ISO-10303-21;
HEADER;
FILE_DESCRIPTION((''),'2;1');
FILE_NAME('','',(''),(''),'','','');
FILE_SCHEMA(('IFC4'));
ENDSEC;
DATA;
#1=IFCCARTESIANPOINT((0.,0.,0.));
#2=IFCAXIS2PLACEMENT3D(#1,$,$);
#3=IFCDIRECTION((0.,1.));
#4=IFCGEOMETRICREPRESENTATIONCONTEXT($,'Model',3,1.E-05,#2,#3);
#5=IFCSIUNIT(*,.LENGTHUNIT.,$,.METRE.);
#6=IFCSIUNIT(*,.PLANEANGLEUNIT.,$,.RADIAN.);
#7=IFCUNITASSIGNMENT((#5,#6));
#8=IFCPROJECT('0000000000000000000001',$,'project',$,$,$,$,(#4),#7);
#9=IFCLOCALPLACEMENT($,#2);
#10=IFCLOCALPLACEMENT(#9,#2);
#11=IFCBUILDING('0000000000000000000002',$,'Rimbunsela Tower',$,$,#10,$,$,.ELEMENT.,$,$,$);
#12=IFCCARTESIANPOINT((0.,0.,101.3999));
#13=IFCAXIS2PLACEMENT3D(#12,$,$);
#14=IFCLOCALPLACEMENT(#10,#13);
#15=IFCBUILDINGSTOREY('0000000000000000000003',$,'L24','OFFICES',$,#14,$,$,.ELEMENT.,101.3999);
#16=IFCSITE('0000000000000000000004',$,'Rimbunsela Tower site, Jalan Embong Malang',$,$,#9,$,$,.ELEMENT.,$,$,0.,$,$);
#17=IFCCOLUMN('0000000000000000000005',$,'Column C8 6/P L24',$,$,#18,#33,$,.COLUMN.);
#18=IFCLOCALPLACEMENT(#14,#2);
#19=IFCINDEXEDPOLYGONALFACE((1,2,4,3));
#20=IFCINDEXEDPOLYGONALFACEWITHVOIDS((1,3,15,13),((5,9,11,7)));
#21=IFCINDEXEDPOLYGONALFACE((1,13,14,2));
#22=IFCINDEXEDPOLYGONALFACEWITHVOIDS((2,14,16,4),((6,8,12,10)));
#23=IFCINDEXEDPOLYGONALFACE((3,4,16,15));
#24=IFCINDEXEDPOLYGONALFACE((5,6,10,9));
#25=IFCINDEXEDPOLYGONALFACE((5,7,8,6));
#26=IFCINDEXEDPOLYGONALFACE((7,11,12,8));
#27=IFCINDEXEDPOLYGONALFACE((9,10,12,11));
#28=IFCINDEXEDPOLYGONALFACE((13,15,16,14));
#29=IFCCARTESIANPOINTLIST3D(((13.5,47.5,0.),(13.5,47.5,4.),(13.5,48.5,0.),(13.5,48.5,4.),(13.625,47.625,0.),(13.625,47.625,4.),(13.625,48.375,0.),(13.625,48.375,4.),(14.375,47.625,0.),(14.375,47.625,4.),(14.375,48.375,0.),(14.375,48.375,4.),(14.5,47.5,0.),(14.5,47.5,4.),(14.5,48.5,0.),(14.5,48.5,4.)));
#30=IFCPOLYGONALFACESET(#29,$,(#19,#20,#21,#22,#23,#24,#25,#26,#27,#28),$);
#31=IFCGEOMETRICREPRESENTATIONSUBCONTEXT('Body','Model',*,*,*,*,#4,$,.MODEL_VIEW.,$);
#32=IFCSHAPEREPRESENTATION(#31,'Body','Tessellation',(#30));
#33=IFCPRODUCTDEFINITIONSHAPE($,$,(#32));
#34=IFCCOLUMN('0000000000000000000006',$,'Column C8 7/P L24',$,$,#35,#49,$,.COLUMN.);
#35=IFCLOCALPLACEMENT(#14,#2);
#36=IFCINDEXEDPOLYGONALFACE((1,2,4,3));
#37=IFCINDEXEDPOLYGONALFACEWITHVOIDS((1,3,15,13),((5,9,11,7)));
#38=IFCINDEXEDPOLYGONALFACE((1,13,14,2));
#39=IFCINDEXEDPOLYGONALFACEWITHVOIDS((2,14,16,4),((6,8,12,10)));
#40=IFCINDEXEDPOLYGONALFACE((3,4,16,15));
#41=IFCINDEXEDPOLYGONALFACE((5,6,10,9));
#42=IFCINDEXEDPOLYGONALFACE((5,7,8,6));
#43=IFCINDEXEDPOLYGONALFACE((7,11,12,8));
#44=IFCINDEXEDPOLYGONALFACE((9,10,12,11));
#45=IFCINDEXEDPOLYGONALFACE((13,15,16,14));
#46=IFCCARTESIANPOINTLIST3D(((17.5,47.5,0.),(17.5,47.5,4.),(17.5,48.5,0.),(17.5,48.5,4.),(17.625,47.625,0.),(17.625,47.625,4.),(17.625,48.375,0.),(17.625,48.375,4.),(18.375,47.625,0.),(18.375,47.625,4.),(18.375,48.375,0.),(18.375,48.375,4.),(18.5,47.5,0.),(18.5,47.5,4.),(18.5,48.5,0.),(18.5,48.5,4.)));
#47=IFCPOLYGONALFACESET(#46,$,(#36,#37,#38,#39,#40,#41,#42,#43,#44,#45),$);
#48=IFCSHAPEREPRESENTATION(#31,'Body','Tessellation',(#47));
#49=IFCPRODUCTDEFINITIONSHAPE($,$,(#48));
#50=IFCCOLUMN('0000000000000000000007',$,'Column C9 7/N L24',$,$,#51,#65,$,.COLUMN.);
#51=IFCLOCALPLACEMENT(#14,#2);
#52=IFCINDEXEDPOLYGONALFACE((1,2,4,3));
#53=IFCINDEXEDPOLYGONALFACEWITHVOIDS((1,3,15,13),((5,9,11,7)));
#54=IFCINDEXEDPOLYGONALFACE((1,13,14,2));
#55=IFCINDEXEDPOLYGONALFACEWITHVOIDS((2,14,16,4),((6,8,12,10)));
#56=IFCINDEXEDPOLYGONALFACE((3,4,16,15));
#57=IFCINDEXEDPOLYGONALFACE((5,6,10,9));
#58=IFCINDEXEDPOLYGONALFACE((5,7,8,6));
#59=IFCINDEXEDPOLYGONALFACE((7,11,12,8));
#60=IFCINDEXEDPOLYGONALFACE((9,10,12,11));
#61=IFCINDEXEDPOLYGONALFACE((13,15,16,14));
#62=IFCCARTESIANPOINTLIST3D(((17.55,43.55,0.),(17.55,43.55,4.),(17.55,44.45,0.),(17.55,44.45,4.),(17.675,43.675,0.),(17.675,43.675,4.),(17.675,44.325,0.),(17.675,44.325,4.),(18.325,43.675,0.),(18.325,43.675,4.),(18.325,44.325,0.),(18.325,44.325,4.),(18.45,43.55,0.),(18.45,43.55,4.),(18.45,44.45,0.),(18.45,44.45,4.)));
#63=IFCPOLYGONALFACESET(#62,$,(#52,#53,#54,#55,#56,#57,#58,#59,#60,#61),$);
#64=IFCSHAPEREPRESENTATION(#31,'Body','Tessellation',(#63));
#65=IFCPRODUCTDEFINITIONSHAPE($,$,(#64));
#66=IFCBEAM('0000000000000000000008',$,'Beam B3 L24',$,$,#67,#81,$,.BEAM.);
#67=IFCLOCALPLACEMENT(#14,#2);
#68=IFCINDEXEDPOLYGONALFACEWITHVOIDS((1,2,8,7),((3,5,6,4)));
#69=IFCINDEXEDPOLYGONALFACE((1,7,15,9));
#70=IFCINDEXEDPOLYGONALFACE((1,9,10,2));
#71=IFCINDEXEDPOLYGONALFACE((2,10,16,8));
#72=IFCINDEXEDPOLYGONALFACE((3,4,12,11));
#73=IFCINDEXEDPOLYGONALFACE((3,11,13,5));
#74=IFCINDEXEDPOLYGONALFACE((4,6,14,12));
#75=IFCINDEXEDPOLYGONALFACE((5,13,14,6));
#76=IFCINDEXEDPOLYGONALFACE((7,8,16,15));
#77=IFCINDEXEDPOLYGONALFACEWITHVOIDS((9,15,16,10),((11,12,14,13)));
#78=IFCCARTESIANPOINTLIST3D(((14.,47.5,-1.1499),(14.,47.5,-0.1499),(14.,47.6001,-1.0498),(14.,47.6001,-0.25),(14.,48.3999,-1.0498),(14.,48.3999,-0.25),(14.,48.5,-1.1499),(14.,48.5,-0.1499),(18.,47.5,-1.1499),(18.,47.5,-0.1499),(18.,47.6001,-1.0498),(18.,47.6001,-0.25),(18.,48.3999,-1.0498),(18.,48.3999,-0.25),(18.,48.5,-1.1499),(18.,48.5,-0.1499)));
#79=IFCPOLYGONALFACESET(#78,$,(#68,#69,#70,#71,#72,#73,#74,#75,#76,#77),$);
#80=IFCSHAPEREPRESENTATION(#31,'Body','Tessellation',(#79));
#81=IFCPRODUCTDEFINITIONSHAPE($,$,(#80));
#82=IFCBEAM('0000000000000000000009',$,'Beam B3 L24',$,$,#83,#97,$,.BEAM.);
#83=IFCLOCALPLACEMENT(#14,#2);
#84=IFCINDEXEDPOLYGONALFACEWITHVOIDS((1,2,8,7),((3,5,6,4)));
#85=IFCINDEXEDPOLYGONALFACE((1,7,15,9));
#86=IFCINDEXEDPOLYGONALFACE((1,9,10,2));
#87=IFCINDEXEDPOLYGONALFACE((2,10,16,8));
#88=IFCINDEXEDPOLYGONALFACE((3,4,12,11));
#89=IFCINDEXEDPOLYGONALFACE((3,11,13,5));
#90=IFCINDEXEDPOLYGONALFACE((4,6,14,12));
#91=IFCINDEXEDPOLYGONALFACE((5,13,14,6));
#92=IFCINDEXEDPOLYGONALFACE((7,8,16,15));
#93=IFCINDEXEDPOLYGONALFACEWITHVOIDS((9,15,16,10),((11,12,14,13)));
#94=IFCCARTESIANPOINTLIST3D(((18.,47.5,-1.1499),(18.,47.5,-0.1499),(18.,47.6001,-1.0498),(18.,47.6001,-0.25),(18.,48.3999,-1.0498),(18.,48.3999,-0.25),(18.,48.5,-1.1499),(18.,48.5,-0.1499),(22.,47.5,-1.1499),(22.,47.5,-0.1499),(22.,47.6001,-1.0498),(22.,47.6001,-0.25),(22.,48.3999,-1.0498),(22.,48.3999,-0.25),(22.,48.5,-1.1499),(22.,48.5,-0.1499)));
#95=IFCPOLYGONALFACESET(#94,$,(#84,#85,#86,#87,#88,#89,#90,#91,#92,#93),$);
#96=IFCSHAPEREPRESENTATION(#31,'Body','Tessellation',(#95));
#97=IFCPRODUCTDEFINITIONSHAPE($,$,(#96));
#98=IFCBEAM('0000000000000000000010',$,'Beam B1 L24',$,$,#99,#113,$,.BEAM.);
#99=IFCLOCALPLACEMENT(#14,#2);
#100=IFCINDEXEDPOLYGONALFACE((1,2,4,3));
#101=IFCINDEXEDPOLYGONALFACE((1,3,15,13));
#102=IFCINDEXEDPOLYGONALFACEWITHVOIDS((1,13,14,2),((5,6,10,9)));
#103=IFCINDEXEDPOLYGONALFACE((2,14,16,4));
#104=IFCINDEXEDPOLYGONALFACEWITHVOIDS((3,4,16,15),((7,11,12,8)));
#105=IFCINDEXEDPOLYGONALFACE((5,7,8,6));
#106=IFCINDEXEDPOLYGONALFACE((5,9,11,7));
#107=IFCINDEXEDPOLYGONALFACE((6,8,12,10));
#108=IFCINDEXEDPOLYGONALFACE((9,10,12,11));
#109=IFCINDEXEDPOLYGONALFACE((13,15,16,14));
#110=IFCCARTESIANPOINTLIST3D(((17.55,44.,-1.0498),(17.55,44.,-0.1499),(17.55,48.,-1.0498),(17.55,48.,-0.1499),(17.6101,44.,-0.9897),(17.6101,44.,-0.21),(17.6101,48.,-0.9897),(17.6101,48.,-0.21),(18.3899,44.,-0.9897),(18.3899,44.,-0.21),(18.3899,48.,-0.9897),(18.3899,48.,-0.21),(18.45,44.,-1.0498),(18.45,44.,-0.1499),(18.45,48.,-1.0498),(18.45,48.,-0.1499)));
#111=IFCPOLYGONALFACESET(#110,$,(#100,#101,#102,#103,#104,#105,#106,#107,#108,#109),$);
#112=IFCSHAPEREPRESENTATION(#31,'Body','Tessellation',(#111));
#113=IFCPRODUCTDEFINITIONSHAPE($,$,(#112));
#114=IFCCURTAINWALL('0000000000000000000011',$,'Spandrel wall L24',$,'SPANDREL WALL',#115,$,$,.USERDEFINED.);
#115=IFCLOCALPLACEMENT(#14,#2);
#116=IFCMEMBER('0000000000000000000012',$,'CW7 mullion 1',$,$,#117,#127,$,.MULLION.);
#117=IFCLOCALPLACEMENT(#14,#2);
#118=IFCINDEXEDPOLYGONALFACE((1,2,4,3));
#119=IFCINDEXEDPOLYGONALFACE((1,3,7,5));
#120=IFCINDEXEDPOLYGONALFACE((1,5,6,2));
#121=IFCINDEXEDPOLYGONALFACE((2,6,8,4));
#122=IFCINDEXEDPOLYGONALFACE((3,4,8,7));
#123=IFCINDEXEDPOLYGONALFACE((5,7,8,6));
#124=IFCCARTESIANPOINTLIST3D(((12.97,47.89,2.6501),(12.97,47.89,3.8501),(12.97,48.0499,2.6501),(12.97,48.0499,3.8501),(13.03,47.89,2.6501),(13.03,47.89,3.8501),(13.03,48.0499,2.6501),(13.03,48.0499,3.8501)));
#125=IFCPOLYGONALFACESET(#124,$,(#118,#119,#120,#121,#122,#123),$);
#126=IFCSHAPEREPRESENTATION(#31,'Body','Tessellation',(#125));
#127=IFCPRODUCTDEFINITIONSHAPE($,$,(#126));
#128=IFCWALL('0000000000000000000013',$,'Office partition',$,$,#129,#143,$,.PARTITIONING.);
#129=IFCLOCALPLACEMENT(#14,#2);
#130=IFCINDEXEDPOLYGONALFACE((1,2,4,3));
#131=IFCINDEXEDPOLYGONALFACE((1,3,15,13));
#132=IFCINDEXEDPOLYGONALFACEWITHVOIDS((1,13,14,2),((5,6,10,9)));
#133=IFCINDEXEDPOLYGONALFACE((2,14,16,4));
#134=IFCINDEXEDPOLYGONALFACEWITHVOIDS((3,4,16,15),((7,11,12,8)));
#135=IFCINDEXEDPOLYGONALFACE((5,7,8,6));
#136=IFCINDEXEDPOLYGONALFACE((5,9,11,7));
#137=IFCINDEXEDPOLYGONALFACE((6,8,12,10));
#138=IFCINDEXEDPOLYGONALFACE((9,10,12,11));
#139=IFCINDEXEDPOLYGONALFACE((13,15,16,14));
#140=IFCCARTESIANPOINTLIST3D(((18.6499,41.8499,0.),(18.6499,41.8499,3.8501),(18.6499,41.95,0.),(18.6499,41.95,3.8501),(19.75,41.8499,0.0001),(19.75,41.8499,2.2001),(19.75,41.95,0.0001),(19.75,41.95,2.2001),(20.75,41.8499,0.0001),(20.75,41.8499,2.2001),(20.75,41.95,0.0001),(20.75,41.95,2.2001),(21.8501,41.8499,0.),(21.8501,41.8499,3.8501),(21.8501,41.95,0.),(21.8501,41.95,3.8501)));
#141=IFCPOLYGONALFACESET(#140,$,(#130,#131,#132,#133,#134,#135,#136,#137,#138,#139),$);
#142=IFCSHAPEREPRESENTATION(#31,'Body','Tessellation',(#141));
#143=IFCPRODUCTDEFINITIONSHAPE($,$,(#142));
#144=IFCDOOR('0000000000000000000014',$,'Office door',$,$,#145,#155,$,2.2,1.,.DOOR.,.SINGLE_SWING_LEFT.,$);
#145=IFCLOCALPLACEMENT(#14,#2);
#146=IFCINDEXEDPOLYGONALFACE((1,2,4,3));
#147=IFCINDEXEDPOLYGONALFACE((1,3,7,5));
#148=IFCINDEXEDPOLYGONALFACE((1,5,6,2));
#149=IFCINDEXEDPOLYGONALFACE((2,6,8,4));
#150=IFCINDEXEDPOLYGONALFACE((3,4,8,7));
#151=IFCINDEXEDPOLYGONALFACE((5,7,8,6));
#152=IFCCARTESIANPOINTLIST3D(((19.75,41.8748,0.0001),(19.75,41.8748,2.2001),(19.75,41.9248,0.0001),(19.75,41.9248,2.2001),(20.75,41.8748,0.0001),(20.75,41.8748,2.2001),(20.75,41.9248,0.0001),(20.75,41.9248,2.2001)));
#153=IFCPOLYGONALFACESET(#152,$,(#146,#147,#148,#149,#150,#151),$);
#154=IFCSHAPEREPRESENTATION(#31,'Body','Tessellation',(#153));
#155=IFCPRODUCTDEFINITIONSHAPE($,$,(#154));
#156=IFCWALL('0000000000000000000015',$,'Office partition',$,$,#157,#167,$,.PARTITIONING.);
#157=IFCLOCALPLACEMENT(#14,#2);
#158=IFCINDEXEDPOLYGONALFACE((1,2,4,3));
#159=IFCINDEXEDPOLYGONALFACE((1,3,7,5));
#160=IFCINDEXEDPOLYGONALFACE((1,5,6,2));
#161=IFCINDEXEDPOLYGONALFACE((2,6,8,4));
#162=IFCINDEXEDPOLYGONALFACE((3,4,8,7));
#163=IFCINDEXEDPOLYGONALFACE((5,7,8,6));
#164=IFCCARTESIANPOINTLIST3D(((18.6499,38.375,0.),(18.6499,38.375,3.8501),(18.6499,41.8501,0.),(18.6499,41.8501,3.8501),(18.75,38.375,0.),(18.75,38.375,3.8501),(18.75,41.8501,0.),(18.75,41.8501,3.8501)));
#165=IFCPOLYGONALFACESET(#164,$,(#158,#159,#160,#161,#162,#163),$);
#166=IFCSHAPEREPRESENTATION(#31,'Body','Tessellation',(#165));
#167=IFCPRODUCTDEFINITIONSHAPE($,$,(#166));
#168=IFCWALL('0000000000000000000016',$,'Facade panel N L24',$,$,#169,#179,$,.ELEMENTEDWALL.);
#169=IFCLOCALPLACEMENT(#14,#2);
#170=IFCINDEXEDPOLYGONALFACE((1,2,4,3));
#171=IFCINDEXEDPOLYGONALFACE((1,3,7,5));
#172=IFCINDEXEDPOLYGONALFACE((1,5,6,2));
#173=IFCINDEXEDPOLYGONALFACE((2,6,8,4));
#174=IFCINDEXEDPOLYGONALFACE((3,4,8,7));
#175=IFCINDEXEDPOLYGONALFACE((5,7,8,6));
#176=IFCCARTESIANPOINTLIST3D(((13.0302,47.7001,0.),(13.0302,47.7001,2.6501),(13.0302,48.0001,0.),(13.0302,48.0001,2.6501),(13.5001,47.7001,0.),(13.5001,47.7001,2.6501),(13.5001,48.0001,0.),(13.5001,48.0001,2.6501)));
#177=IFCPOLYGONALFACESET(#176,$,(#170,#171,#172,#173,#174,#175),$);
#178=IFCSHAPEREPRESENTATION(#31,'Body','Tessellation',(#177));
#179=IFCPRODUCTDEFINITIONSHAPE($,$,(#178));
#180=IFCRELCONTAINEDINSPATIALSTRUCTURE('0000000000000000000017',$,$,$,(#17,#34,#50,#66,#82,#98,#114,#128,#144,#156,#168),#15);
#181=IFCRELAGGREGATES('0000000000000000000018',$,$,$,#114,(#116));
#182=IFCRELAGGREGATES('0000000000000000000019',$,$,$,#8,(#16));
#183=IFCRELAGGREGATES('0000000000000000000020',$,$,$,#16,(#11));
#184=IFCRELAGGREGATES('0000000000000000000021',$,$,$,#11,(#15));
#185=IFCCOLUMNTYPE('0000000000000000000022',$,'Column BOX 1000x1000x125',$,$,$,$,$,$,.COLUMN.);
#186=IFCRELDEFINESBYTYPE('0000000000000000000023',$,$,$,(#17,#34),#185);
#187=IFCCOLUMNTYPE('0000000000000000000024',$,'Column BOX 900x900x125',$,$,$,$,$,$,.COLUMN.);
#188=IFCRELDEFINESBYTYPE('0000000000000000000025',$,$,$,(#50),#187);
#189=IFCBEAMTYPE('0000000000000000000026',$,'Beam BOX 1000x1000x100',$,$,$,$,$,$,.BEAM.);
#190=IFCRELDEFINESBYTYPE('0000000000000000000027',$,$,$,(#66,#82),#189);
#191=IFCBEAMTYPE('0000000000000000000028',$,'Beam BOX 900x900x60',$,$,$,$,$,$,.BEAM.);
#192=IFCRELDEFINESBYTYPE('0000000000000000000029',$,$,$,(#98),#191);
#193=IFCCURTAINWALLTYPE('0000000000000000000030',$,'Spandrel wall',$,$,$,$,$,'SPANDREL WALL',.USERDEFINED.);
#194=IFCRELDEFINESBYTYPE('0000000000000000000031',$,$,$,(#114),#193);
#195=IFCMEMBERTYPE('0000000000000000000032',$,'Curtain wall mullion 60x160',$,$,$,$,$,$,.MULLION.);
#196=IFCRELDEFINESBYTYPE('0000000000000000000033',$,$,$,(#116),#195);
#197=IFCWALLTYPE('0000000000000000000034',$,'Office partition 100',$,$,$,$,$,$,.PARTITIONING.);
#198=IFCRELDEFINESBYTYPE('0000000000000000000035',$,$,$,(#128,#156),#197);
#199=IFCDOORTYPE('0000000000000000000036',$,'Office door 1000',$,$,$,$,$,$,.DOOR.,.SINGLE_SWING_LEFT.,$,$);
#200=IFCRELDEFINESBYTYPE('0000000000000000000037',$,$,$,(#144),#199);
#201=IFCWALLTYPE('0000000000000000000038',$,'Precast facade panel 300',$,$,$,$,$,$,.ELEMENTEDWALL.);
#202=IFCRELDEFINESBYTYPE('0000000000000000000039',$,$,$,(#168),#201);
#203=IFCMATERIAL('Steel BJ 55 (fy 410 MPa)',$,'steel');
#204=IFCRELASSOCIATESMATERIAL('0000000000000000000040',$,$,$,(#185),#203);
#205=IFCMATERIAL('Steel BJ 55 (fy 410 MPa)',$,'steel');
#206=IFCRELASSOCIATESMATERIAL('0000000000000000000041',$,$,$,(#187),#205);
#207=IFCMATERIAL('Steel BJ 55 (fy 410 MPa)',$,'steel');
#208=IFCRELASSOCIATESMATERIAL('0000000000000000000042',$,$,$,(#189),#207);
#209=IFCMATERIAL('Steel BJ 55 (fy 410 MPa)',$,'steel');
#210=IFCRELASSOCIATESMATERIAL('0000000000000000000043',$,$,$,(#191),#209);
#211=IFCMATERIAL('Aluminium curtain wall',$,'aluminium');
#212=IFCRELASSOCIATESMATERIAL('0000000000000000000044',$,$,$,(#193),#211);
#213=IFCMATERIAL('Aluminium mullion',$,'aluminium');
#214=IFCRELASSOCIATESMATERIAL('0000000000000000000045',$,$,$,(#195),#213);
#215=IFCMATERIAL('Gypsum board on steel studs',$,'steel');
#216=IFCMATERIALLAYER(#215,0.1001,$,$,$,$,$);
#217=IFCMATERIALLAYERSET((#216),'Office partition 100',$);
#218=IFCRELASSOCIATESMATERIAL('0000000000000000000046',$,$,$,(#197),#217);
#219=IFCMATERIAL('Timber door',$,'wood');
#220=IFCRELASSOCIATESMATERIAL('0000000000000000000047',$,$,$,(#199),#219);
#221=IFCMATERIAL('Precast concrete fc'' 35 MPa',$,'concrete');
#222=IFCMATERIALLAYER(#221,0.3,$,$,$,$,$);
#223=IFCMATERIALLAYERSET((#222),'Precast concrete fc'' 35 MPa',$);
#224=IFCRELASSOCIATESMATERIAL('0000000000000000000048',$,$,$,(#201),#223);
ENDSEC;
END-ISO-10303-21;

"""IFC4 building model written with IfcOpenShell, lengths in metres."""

from ifc_helpers import new_model, si_unit, direction, frame, frame_2d, origin, origin_2d, place, context, subcontext, project, spatial, rectangle, hollow_rectangle, extrude, material, layer, layer_set, material_profile, profile_set, type_object, element, fill, aggregate, save


model = new_model("IFC4")

# Units and contexts
model_context = context("Model", 3, precision=1e-05, world=origin(), true_north=direction((0.0, 1.0)))
body_context = subcontext(model_context, "Body", "Model", "MODEL_VIEW")
ifc_project = project(units=[si_unit("LENGTHUNIT", "METRE"), si_unit("PLANEANGLEUNIT", "RADIAN")], contexts=[model_context])

# Site, building, storey
site_placement = place(None, origin())
site = spatial("IfcSite", under=ifc_project, at=site_placement, Name="Rimbunsela Tower site, Jalan Embong Malang", CompositionType="ELEMENT", RefElevation=0.0)
building_placement = place(site_placement, origin())
building = spatial("IfcBuilding", under=site, at=building_placement, Name="Rimbunsela Tower", CompositionType="ELEMENT")
storey_placement = place(building_placement, frame((0.0, 0.0, 101.3999)))
storey = spatial("IfcBuildingStorey", under=building, at=storey_placement, Name="L24", Description="OFFICES", CompositionType="ELEMENT", Elevation=101.3999)

# Columns
ifc_material_1 = material(Name="Steel BJ 55 (fy 410 MPa)", Category="steel")
ifc_material_profile_1 = material_profile(ifc_material_1, hollow_rectangle(XDim=1.0, YDim=1.0, WallThickness=0.125, at=origin_2d()), Name="BOX 1000x1000x125")
ifc_profile_set_1 = profile_set([ifc_material_profile_1], Name="Steel BJ 55 (fy 410 MPa)")
column_type_1 = type_object("IfcColumnType", Name="Column BOX 1000x1000x125", PredefinedType="COLUMN", material=ifc_profile_set_1)
for number, where, z_axis, x_axis, name in (
    (1, (14.0, 48.0, 0.0), (0.0, 0.0, 1.0), (1.0, 0.0, 0.0), "Column C8 6/P L24"),
    (2, (18.0, 48.0, 0.0), (0.0, 0.0, 1.0), (1.0, 0.0, 0.0), "Column C8 7/P L24"),
):
    element("IfcColumn", number, at=place(storey_placement, frame(where, z_axis=z_axis, x_axis=x_axis)), inside=storey, type_object=column_type_1, Name=name, PredefinedType="COLUMN", context=body_context, shape_type="SweptSolid", body=[
        extrude(hollow_rectangle(XDim=1.0, YDim=1.0, WallThickness=0.125, at=origin_2d()), origin(), (0.0, 0.0, 1.0), 4.0),
    ])
ifc_material_2 = material(Name="Steel BJ 55 (fy 410 MPa)", Category="steel")
ifc_material_profile_2 = material_profile(ifc_material_2, hollow_rectangle(XDim=0.8999, YDim=0.8999, WallThickness=0.125, at=origin_2d()), Name="BOX 900x900x125")
ifc_profile_set_2 = profile_set([ifc_material_profile_2], Name="Steel BJ 55 (fy 410 MPa)")
column_type_2 = type_object("IfcColumnType", Name="Column BOX 900x900x125", PredefinedType="COLUMN", material=ifc_profile_set_2)
column_placement = place(storey_placement, frame((18.0, 44.0, 0.0), z_axis=(0.0, 0.0, 1.0), x_axis=(1.0, 0.0, 0.0)))
element("IfcColumn", 3, at=column_placement, inside=storey, type_object=column_type_2, Name="Column C9 7/N L24", PredefinedType="COLUMN", context=body_context, shape_type="SweptSolid", body=[
    extrude(hollow_rectangle(XDim=0.8999, YDim=0.8999, WallThickness=0.125, at=origin_2d()), origin(), (0.0, 0.0, 1.0), 4.0),
])

# Beams
ifc_material_3 = material(Name="Steel BJ 55 (fy 410 MPa)", Category="steel")
ifc_material_profile_3 = material_profile(ifc_material_3, hollow_rectangle(XDim=1.0, YDim=1.0, WallThickness=0.1001, at=origin_2d()), Name="BOX 1000x1000x100")
ifc_profile_set_3 = profile_set([ifc_material_profile_3], Name="Steel BJ 55 (fy 410 MPa)")
beam_type_1 = type_object("IfcBeamType", Name="Beam BOX 1000x1000x100", PredefinedType="BEAM", material=ifc_profile_set_3)
for number, where, z_axis, x_axis, name in (
    (4, (14.0, 48.0, -0.6499), (1.0, 0.0, 0.0), (0.0, 1.0, 0.0), "Beam B3 L24"),
    (5, (18.0, 48.0, -0.6499), (1.0, 0.0, 0.0), (0.0, 1.0, 0.0), "Beam B3 L24"),
):
    element("IfcBeam", number, at=place(storey_placement, frame(where, z_axis=z_axis, x_axis=x_axis)), inside=storey, type_object=beam_type_1, Name=name, PredefinedType="BEAM", context=body_context, shape_type="SweptSolid", body=[
        extrude(hollow_rectangle(XDim=1.0, YDim=1.0, WallThickness=0.1001, at=origin_2d()), origin(), (0.0, 0.0, 1.0), 4.0),
    ])
ifc_material_4 = material(Name="Steel BJ 55 (fy 410 MPa)", Category="steel")
ifc_material_profile_4 = material_profile(ifc_material_4, hollow_rectangle(XDim=0.8999, YDim=0.8999, WallThickness=0.0601, at=origin_2d()), Name="BOX 900x900x60")
ifc_profile_set_4 = profile_set([ifc_material_profile_4], Name="Steel BJ 55 (fy 410 MPa)")
beam_type_2 = type_object("IfcBeamType", Name="Beam BOX 900x900x60", PredefinedType="BEAM", material=ifc_profile_set_4)
beam_placement = place(storey_placement, frame((18.0, 44.0, -0.5999), z_axis=(0.0, 1.0, 0.0), x_axis=(-1.0, 0.0, 0.0)))
element("IfcBeam", 6, at=beam_placement, inside=storey, type_object=beam_type_2, Name="Beam B1 L24", PredefinedType="BEAM", context=body_context, shape_type="SweptSolid", body=[
    extrude(hollow_rectangle(XDim=0.8999, YDim=0.8999, WallThickness=0.0601, at=origin_2d()), origin(), (0.0, 0.0, 1.0), 4.0),
])

# Curtain wall, member
ifc_material_5 = material(Name="Aluminium curtain wall", Category="aluminium")
curtain_wall_type = type_object("IfcCurtainWallType", Name="Spandrel wall", ElementType="SPANDREL WALL", PredefinedType="USERDEFINED", material=ifc_material_5)
curtain_wall_placement = place(storey_placement, origin())
curtain_wall = element("IfcCurtainWall", 7, at=curtain_wall_placement, inside=storey, type_object=curtain_wall_type, Name="Spandrel wall L24", ObjectType="SPANDREL WALL", PredefinedType="USERDEFINED")
ifc_material_6 = material(Name="Aluminium mullion", Category="aluminium")
ifc_material_profile_5 = material_profile(ifc_material_6, rectangle(XDim=0.0601, YDim=0.1599, at=origin_2d()), Name="Mullion 60x160")
ifc_profile_set_5 = profile_set([ifc_material_profile_5], Name="Aluminium mullion")
member_type = type_object("IfcMemberType", Name="Curtain wall mullion 60x160", PredefinedType="MULLION", material=ifc_profile_set_5)
member_placement = place(storey_placement, frame((13.0, 47.97, 2.6501), z_axis=(0.0, 0.0, 1.0), x_axis=(1.0, 0.0, 0.0)))
member = element("IfcMember", 8, at=member_placement, type_object=member_type, Name="CW7 mullion 1", PredefinedType="MULLION", context=body_context, shape_type="SweptSolid", body=[
    extrude(rectangle(XDim=0.0601, YDim=0.1599, at=origin_2d()), origin(), (0.0, 0.0, 1.0), 1.2),
])
aggregate(curtain_wall, [member])

# Wall, opening, door
ifc_material_7 = material(Name="Gypsum board on steel studs", Category="steel")
ifc_layer_1 = layer(ifc_material_7, 0.1001)
ifc_layer_set_1 = layer_set([ifc_layer_1], Name="Office partition 100")
wall_type_1 = type_object("IfcWallType", Name="Office partition 100", PredefinedType="PARTITIONING", material=ifc_layer_set_1)
wall_1_placement = place(storey_placement, frame((18.6499, 41.8999, 0.0), z_axis=(0.0, 0.0, 1.0), x_axis=(1.0, 0.0, 0.0)))
wall_1 = element("IfcWall", 9, at=wall_1_placement, inside=storey, type_object=wall_type_1, Name="Office partition", PredefinedType="PARTITIONING", context=body_context, shape_type="SweptSolid", body=[
    extrude(rectangle(XDim=3.2002, YDim=0.1001, at=frame_2d((1.6001, 0.0))), origin(), (0.0, 0.0, 1.0), 3.8501),
])
opening_1_placement = place(wall_1_placement, frame((1.1001, 0.0, 0.0)))
opening_1 = element("IfcOpeningElement", 10, at=opening_1_placement, cuts=wall_1, PredefinedType="OPENING", context=body_context, shape_type="SweptSolid", body=[
    extrude(rectangle(XDim=1.0, YDim=2.2, at=frame_2d((0.5, 1.1001))), frame((0.0, 0.0601, 0.0), z_axis=(0.0, -1.0, 0.0), x_axis=(1.0, 0.0, 0.0)), (0.0, 0.0, 1.0), 0.1201),
])
ifc_material_8 = material(Name="Timber door", Category="wood")
door_type_1 = type_object("IfcDoorType", Name="Office door 1000", OperationType="SINGLE_SWING_LEFT", PredefinedType="DOOR", material=ifc_material_8)
door_1_placement = place(opening_1_placement, origin())
door_1 = element("IfcDoor", 11, at=door_1_placement, inside=storey, type_object=door_type_1, Name="Office door", OperationType="SINGLE_SWING_LEFT", OverallHeight=2.2, OverallWidth=1.0, PredefinedType="DOOR", context=body_context, shape_type="SweptSolid", body=[
    extrude(rectangle(XDim=1.0, YDim=2.2, at=frame_2d((0.5, 1.1001))), frame((0.0, 0.0249, 0.0), z_axis=(0.0, -1.0, 0.0), x_axis=(1.0, 0.0, 0.0)), (0.0, 0.0, 1.0), 0.05),
])
fill(opening_1, door_1)

# Walls
wall_2_placement = place(storey_placement, frame((18.7, 38.375, 0.0), z_axis=(0.0, 0.0, 1.0), x_axis=(0.0, 1.0, 0.0)))
element("IfcWall", 12, at=wall_2_placement, inside=storey, type_object=wall_type_1, Name="Office partition", PredefinedType="PARTITIONING", context=body_context, shape_type="SweptSolid", body=[
    extrude(rectangle(XDim=3.4751, YDim=0.1001, at=frame_2d((1.7375, 0.0))), origin(), (0.0, 0.0, 1.0), 3.8501),
])
ifc_material_9 = material(Name="Precast concrete fc' 35 MPa", Category="concrete")
ifc_layer_2 = layer(ifc_material_9, 0.3)
ifc_layer_set_2 = layer_set([ifc_layer_2], Name="Precast concrete fc' 35 MPa")
wall_type_2 = type_object("IfcWallType", Name="Precast facade panel 300", PredefinedType="ELEMENTEDWALL", material=ifc_layer_set_2)
wall_3_placement = place(storey_placement, frame((13.5, 47.8501, 0.0), z_axis=(0.0, 0.0, 1.0), x_axis=(-1.0, 0.0, 0.0)))
element("IfcWall", 13, at=wall_3_placement, inside=storey, type_object=wall_type_2, Name="Facade panel N L24", PredefinedType="ELEMENTEDWALL", context=body_context, shape_type="SweptSolid", body=[
    extrude(rectangle(XDim=0.47, YDim=0.3, at=frame_2d((0.2349, 0.0))), origin(), (0.0, 0.0, 1.0), 2.6501),
])

save(model, "model.ifc")
